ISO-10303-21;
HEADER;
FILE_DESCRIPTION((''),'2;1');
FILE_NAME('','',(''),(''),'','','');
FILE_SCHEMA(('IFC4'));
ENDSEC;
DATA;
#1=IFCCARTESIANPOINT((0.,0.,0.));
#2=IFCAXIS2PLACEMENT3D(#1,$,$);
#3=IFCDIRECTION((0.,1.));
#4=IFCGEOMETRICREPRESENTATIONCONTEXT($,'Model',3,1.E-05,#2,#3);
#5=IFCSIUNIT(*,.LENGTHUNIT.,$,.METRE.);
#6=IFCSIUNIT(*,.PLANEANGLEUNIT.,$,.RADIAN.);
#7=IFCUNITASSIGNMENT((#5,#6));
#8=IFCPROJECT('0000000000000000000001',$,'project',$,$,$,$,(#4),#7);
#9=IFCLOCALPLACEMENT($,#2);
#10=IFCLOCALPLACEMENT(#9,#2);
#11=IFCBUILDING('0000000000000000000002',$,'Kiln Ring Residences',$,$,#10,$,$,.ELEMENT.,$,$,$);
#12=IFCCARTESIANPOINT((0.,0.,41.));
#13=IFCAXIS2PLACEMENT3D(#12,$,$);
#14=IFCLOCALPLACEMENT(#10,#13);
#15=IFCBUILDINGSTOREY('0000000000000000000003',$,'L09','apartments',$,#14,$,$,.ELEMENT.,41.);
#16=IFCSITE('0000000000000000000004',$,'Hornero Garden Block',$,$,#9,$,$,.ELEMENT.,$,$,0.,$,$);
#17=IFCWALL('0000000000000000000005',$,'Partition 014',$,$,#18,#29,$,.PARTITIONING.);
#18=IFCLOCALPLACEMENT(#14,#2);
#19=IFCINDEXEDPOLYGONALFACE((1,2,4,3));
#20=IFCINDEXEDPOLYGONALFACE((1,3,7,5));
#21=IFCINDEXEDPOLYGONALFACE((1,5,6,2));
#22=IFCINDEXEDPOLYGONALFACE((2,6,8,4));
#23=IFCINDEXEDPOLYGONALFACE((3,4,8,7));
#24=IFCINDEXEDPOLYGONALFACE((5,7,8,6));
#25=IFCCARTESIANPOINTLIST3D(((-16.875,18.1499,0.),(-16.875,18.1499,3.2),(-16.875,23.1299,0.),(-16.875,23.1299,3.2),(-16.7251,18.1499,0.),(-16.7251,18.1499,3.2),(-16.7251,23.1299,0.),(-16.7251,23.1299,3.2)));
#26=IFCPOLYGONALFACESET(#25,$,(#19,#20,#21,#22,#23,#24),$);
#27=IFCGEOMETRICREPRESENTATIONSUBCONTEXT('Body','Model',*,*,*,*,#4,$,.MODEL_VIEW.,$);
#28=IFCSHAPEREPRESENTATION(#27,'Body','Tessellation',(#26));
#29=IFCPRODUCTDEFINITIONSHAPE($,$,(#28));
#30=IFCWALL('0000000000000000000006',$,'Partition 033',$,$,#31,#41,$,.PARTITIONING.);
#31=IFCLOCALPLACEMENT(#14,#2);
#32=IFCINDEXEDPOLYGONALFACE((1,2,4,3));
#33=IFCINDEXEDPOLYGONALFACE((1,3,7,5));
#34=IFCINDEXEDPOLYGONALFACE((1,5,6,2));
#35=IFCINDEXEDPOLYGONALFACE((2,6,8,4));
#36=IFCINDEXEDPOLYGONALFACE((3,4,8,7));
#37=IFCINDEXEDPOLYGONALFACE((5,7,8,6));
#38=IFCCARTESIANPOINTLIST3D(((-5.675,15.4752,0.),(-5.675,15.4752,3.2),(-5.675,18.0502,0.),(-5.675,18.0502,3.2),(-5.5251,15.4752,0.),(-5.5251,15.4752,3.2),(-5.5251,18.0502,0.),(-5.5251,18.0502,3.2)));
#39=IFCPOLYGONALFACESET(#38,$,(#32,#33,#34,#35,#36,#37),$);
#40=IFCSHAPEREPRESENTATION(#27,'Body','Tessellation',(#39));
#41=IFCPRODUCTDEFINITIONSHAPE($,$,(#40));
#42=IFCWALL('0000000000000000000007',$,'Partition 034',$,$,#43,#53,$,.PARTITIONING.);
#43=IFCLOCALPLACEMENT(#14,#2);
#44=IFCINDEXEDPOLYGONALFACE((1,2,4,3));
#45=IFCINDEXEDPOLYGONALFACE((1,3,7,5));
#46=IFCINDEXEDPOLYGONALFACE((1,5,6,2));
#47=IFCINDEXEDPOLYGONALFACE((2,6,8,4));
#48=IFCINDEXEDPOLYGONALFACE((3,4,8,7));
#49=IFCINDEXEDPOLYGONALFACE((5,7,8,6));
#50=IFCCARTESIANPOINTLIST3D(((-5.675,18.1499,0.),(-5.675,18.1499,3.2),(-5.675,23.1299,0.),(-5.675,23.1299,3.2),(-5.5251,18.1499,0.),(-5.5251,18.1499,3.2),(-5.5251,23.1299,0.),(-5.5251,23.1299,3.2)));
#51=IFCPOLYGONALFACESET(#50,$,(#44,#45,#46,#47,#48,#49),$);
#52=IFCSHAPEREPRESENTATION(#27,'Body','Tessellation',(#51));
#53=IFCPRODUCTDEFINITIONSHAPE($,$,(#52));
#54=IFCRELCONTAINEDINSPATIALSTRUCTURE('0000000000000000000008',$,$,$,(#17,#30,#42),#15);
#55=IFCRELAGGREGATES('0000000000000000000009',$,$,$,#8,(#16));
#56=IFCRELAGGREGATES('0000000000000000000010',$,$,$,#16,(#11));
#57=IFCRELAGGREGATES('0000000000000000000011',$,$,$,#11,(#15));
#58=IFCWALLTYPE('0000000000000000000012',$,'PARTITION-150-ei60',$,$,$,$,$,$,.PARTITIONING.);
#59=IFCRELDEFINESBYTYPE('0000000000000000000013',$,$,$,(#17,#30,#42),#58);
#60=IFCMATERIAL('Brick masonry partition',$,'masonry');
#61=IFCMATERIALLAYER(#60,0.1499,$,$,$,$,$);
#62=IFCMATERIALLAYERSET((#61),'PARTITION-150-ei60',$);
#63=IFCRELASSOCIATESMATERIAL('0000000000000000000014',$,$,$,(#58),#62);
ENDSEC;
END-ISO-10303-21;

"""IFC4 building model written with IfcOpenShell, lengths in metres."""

from ifc_helpers import new_model, si_unit, direction, frame, frame_2d, origin, place, context, subcontext, project, spatial, rectangle, extrude, material, layer, layer_set, type_object, element, save


model = new_model("IFC4")

# Units and contexts
model_context = context("Model", 3, precision=1e-05, world=origin(), true_north=direction((0.0, 1.0)))
body_context = subcontext(model_context, "Body", "Model", "MODEL_VIEW")
ifc_project = project(units=[si_unit("LENGTHUNIT", "METRE"), si_unit("PLANEANGLEUNIT", "RADIAN")], contexts=[model_context])

# Site, building, storey
site_placement = place(None, origin())
site = spatial("IfcSite", under=ifc_project, at=site_placement, Name="Hornero Garden Block", CompositionType="ELEMENT", RefElevation=0.0)
building_placement = place(site_placement, origin())
building = spatial("IfcBuilding", under=site, at=building_placement, Name="Kiln Ring Residences", CompositionType="ELEMENT")
storey_placement = place(building_placement, frame((0.0, 0.0, 41.0)))
storey = spatial("IfcBuildingStorey", under=building, at=storey_placement, Name="L09", Description="apartments", CompositionType="ELEMENT", Elevation=41.0)

# Walls
ifc_material_1 = material(Name="Brick masonry partition", Category="masonry")
ifc_layer_1 = layer(ifc_material_1, 0.1499)
ifc_layer_set_1 = layer_set([ifc_layer_1], Name="PARTITION-150-ei60")
wall_type_1 = type_object("IfcWallType", Name="PARTITION-150-ei60", PredefinedType="PARTITIONING", material=ifc_layer_set_1)
wall_1_placement = place(storey_placement, frame((-16.8, 18.1499, 0.0), z_axis=(0.0, 0.0, 1.0), x_axis=(0.0, 1.0, 0.0)))
element("IfcWall", 1, at=wall_1_placement, inside=storey, type_object=wall_type_1, Name="Partition 014", PredefinedType="PARTITIONING", context=body_context, shape_type="SweptSolid", body=[
    extrude(rectangle(XDim=4.98, YDim=0.1499, at=frame_2d((2.49, 0.0))), origin(), (0.0, 0.0, 1.0), 3.2),
])
wall_2_placement = place(storey_placement, frame((-5.6001, 15.4751, 0.0), z_axis=(0.0, 0.0, 1.0), x_axis=(0.0, 1.0, 0.0)))
element("IfcWall", 2, at=wall_2_placement, inside=storey, type_object=wall_type_1, Name="Partition 033", PredefinedType="PARTITIONING", context=body_context, shape_type="SweptSolid", body=[
    extrude(rectangle(XDim=2.575, YDim=0.1499, at=frame_2d((1.2876, 0.0))), origin(), (0.0, 0.0, 1.0), 3.2),
])
wall_3_placement = place(storey_placement, frame((-5.6001, 18.1499, 0.0), z_axis=(0.0, 0.0, 1.0), x_axis=(0.0, 1.0, 0.0)))
element("IfcWall", 3, at=wall_3_placement, inside=storey, type_object=wall_type_1, Name="Partition 034", PredefinedType="PARTITIONING", context=body_context, shape_type="SweptSolid", body=[
    extrude(rectangle(XDim=4.98, YDim=0.1499, at=frame_2d((2.49, 0.0))), origin(), (0.0, 0.0, 1.0), 3.2),
])

save(model, "model.ifc")
